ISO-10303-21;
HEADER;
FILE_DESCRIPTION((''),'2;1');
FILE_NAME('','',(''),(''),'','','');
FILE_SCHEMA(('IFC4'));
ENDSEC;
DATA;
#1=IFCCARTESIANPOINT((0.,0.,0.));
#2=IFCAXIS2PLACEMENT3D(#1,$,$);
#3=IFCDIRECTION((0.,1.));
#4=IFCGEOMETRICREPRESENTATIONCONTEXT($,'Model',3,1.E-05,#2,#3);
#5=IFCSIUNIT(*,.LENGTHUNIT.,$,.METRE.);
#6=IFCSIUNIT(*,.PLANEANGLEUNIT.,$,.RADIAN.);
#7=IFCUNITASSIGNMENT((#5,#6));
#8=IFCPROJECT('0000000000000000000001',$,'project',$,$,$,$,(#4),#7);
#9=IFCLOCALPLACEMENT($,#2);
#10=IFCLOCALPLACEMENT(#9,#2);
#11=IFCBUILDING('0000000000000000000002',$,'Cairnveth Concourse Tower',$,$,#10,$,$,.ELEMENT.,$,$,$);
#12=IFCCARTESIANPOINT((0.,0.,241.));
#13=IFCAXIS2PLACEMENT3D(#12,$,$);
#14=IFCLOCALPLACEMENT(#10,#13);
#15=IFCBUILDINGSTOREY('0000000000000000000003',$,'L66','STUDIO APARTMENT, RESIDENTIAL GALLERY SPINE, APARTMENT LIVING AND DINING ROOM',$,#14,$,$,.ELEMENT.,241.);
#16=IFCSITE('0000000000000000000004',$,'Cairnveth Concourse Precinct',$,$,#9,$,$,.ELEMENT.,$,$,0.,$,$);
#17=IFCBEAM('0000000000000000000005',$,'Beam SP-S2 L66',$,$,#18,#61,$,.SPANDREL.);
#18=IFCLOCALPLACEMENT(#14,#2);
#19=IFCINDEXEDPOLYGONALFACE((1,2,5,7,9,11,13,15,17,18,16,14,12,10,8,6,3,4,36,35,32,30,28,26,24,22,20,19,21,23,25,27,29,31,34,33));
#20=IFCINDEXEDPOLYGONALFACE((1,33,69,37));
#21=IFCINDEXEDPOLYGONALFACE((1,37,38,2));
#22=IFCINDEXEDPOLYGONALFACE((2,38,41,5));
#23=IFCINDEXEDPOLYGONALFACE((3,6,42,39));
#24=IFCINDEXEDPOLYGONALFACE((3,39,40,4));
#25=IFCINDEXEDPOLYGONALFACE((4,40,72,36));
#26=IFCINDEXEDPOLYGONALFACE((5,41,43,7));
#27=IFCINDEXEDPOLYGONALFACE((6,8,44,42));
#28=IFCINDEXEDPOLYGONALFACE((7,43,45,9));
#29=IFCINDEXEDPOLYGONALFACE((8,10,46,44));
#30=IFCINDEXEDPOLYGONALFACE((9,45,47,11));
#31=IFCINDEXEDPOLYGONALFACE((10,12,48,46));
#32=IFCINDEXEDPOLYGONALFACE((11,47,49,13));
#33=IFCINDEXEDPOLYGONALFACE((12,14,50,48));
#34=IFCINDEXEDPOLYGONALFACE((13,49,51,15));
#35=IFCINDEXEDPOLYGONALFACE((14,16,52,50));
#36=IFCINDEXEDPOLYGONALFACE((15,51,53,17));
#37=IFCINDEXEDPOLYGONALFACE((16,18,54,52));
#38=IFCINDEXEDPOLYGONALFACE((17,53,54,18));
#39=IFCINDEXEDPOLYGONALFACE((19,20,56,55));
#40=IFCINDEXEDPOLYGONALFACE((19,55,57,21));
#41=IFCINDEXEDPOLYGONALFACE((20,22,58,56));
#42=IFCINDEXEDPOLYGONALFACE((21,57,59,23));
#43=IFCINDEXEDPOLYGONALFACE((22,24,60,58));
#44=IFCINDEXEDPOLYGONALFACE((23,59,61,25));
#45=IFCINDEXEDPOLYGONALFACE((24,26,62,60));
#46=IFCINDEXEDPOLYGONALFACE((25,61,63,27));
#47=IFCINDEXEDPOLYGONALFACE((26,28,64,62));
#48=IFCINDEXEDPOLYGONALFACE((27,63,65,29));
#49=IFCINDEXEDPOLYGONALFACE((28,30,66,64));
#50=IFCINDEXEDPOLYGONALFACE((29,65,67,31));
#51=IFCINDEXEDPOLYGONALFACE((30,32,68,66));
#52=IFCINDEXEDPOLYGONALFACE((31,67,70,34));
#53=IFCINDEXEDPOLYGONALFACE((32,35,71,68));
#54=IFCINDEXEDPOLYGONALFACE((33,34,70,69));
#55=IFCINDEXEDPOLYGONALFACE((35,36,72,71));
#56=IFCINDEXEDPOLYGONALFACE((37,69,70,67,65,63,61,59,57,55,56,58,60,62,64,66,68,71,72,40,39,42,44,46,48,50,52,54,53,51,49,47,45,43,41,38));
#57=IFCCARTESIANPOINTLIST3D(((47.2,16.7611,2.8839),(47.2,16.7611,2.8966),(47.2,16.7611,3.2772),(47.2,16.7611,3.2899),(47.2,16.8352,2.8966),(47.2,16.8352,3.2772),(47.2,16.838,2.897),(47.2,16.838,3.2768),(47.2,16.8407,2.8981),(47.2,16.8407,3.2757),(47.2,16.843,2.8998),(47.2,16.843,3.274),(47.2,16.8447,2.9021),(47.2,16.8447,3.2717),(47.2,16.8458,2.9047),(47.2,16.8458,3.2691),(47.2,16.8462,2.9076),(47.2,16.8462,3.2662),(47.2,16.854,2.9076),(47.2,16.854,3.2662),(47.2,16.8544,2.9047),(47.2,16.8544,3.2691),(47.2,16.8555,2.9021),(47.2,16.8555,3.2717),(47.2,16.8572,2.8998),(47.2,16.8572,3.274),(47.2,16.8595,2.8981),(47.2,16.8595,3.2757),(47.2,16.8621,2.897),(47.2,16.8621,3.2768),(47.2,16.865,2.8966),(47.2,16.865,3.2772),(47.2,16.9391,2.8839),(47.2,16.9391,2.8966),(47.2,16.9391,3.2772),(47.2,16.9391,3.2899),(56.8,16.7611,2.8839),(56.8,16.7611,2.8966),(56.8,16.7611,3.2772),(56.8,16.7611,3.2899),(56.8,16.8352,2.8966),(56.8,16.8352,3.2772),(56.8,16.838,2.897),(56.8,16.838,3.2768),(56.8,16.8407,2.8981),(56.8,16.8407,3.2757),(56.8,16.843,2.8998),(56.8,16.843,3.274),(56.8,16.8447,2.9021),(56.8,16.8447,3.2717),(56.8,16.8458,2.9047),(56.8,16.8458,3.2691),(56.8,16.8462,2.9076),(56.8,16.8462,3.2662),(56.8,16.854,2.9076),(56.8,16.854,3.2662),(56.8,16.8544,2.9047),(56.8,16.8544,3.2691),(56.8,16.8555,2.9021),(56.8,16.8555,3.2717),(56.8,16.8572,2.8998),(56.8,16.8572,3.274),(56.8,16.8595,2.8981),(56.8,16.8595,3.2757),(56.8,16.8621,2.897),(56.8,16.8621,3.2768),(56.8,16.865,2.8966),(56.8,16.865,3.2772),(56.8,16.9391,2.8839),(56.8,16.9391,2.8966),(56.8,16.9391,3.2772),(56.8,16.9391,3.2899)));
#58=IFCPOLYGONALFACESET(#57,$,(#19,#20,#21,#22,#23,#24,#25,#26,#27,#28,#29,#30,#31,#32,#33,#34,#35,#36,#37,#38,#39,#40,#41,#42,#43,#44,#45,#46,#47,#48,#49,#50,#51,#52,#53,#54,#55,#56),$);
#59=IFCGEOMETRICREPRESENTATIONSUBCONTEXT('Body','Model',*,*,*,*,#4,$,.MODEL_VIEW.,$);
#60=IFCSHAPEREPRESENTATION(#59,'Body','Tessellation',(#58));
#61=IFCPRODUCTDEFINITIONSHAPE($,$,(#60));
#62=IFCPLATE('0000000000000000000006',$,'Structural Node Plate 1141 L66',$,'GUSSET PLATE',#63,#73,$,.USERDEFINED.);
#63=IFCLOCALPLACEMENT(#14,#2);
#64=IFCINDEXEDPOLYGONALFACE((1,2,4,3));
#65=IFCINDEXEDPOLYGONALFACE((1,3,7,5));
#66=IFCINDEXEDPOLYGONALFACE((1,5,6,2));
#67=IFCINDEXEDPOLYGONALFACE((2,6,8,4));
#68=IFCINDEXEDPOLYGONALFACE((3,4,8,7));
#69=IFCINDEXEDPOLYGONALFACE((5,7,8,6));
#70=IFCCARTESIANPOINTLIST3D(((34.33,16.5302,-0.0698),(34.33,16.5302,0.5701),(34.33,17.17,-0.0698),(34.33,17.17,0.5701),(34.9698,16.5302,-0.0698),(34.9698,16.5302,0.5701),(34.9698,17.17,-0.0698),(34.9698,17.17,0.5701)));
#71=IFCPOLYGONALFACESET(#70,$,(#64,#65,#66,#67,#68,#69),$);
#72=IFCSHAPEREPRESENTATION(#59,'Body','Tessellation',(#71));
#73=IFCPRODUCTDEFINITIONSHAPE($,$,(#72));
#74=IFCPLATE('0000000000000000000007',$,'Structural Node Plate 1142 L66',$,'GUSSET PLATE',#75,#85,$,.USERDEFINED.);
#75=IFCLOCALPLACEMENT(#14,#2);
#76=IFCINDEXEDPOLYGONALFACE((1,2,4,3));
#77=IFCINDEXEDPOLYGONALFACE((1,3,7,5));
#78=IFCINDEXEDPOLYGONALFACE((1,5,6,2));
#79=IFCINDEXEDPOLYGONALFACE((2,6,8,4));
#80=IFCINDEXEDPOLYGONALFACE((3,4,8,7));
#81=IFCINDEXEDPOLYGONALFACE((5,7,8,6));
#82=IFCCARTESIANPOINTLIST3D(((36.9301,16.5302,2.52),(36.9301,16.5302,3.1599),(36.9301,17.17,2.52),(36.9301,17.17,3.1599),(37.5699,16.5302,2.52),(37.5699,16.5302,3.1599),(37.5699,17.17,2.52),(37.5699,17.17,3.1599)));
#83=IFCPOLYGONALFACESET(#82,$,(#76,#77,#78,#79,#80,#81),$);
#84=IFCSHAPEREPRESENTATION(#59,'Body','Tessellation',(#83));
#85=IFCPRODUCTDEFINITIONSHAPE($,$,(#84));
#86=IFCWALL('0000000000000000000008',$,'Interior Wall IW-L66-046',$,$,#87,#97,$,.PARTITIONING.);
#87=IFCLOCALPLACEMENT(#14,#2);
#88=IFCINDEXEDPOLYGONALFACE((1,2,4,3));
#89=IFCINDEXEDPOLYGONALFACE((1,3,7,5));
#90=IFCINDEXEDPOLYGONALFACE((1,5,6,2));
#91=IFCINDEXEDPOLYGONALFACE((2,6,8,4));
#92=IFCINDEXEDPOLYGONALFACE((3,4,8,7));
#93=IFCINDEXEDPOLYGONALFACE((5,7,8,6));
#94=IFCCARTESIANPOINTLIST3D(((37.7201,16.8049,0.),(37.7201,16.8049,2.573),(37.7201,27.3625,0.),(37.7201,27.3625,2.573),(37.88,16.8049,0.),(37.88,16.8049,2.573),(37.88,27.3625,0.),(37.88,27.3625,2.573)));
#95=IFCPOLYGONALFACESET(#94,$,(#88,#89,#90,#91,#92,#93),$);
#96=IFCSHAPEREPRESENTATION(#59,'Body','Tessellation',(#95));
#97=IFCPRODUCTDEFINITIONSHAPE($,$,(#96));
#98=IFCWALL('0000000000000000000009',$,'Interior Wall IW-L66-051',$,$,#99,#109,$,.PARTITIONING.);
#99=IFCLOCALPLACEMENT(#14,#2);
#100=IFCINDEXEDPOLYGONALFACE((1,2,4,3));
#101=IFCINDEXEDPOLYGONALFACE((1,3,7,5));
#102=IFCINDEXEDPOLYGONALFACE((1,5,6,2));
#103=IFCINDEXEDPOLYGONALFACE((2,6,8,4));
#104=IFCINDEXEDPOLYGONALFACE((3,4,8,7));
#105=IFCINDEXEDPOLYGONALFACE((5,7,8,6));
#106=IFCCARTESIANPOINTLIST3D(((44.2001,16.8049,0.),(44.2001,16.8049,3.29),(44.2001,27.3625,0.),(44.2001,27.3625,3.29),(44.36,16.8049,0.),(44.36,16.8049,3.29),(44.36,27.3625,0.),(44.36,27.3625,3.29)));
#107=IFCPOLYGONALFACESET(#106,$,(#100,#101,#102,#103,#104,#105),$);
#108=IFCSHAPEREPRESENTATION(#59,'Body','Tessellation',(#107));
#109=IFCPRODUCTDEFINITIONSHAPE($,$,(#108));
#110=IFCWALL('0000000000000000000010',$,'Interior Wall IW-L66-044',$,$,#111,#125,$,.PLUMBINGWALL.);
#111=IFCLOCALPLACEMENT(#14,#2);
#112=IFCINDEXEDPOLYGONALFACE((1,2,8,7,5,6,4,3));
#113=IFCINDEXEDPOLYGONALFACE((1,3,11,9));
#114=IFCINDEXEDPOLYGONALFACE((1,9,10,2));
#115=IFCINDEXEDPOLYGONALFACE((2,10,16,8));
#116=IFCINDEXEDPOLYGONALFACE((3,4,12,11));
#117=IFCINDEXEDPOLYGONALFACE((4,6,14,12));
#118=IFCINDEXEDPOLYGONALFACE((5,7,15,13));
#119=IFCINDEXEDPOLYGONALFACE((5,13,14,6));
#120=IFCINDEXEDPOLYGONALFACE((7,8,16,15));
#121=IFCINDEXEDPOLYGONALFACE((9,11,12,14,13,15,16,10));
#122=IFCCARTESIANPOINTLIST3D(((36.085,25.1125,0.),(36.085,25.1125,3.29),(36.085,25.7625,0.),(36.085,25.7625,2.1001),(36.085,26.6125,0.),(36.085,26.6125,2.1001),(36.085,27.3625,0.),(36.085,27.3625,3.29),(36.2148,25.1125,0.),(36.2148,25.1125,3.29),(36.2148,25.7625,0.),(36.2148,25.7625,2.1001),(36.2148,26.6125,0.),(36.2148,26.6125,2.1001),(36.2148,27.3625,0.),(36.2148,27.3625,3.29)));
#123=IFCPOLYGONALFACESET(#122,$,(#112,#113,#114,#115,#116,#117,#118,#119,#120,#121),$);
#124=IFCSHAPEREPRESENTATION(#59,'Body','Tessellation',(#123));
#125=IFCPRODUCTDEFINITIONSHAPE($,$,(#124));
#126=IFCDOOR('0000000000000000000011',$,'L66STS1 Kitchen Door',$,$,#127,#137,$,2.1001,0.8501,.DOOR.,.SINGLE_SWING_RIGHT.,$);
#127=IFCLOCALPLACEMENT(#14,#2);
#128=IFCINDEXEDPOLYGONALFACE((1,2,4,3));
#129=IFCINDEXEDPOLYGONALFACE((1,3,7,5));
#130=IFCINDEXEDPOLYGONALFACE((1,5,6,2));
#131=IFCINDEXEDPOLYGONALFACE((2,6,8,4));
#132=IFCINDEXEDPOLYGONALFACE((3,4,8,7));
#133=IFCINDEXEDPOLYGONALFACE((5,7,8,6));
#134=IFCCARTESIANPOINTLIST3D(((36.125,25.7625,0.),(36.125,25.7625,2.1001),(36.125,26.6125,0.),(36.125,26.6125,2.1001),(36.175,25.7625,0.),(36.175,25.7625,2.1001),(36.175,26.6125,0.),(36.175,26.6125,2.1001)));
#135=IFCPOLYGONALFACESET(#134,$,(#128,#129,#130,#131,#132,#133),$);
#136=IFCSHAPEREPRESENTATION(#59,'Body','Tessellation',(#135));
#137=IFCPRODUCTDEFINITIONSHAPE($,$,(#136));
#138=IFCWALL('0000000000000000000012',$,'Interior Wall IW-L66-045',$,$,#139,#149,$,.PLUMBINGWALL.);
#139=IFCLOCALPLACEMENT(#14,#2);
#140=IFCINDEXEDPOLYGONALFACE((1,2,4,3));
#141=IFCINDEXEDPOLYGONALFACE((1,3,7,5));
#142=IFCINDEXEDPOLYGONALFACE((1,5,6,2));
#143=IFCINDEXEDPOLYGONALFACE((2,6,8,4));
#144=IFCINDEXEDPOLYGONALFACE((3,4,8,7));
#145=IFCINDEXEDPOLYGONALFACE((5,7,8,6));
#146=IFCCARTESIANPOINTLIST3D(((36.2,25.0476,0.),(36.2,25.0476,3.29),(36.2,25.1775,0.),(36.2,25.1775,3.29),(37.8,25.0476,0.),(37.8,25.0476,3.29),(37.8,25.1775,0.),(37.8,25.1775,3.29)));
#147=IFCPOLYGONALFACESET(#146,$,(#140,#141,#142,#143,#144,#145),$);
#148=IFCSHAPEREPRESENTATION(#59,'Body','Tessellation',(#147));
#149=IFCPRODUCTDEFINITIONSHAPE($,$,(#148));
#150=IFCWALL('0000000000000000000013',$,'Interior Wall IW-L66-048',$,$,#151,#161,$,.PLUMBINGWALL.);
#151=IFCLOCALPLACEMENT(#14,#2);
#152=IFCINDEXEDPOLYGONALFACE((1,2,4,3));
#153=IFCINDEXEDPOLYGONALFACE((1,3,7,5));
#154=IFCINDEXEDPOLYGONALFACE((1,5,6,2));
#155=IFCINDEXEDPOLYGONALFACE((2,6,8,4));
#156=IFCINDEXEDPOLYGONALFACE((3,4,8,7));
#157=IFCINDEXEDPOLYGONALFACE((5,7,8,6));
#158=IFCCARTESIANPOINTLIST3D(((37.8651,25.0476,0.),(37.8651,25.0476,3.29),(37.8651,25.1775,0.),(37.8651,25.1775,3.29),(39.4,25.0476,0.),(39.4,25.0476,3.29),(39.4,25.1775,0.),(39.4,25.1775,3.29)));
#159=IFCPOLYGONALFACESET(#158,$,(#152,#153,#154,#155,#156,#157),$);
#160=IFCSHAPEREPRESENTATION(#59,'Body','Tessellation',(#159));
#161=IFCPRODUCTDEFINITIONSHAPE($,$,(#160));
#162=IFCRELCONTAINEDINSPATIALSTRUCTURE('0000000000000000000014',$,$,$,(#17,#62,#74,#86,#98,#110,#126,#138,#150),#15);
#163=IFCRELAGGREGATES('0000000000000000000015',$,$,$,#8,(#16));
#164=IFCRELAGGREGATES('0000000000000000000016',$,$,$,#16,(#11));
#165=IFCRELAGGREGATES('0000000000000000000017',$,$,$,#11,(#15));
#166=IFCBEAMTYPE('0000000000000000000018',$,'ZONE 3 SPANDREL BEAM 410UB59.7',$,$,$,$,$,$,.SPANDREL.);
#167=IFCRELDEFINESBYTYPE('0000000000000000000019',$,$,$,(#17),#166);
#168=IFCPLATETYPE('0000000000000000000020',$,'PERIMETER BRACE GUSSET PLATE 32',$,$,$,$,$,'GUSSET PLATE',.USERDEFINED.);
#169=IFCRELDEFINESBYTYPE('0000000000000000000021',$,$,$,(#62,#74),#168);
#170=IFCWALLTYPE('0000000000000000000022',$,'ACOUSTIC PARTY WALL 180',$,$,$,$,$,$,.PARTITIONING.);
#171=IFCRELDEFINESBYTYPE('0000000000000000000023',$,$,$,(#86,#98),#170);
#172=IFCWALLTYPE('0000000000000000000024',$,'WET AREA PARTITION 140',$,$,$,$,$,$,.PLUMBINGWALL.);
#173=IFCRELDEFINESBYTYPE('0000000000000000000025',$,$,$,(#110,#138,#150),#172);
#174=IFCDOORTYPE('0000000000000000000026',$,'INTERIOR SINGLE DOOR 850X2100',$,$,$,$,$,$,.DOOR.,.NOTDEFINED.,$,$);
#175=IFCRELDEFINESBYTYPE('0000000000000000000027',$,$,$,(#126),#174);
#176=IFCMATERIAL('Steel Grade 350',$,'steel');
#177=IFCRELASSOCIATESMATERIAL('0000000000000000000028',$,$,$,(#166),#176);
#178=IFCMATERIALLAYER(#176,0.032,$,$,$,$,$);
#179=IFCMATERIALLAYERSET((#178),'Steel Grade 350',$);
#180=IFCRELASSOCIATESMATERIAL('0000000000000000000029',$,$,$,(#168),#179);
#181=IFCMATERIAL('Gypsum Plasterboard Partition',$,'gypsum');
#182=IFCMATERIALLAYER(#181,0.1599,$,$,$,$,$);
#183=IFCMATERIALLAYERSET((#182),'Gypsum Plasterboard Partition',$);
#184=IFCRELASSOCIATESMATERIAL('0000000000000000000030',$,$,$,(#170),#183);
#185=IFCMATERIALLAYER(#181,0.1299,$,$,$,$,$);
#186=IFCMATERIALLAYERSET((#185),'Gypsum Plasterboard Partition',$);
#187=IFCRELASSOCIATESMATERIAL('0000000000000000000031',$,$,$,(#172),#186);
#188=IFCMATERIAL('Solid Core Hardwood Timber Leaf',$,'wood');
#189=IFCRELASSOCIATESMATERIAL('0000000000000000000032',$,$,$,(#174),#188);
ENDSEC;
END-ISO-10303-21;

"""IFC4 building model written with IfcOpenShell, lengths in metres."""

from ifc_helpers import new_model, si_unit, direction, frame, frame_2d, origin, origin_2d, place, context, subcontext, project, spatial, rectangle, i_section, extrude, material, layer, layer_set, material_profile, profile_set, type_object, element, fill, save


model = new_model("IFC4")

# Units and contexts
model_context = context("Model", 3, precision=1e-05, world=origin(), true_north=direction((0.0, 1.0)))
body_context = subcontext(model_context, "Body", "Model", "MODEL_VIEW")
ifc_project = project(units=[si_unit("LENGTHUNIT", "METRE"), si_unit("PLANEANGLEUNIT", "RADIAN")], contexts=[model_context])

# Site, building, storey
site_placement = place(None, origin())
site = spatial("IfcSite", under=ifc_project, at=site_placement, Name="Cairnveth Concourse Precinct", CompositionType="ELEMENT", RefElevation=0.0)
building_placement = place(site_placement, origin())
building = spatial("IfcBuilding", under=site, at=building_placement, Name="Cairnveth Concourse Tower", CompositionType="ELEMENT")
storey_placement = place(building_placement, frame((0.0, 0.0, 241.0)))
storey = spatial("IfcBuildingStorey", under=building, at=storey_placement, Name="L66", Description="STUDIO APARTMENT, RESIDENTIAL GALLERY SPINE, APARTMENT LIVING AND DINING ROOM", CompositionType="ELEMENT", Elevation=241.0)

# Shared definitions
ifc_material_1 = material(Name="Steel Grade 350", Category="steel")

# Beam
ifc_material_profile_1 = material_profile(ifc_material_1, i_section(OverallWidth=0.178, OverallDepth=0.406, WebThickness=0.0078, FlangeThickness=0.0127, FilletRadius=0.011, at=origin_2d()), Name="410UB59.7")
ifc_profile_set_1 = profile_set([ifc_material_profile_1], Name="Steel Grade 350")
beam_type_1 = type_object("IfcBeamType", Name="ZONE 3 SPANDREL BEAM 410UB59.7", PredefinedType="SPANDREL", material=ifc_profile_set_1)
beam_1_placement = place(storey_placement, frame((47.2, 16.8501, 3.0869), z_axis=(1.0, 0.0, 0.0), x_axis=(0.0, 1.0, 0.0)))
element("IfcBeam", 1, at=beam_1_placement, inside=storey, type_object=beam_type_1, Name="Beam SP-S2 L66", PredefinedType="SPANDREL", context=body_context, shape_type="SweptSolid", body=[
    extrude(i_section(OverallWidth=0.178, OverallDepth=0.406, WebThickness=0.0078, FlangeThickness=0.0127, FilletRadius=0.011, at=origin_2d()), origin(), (0.0, 0.0, 1.0), 9.6001),
])

# Plates
ifc_layer_1 = layer(ifc_material_1, 0.032)
ifc_layer_set_1 = layer_set([ifc_layer_1], Name="Steel Grade 350")
plate_type = type_object("IfcPlateType", Name="PERIMETER BRACE GUSSET PLATE 32", ElementType="GUSSET PLATE", PredefinedType="USERDEFINED", material=ifc_layer_set_1)
for number, where, z_axis, x_axis, name in (
    (2, (34.6499, 16.8501, -0.0698), (0.0, 0.0, 1.0), (1.0, 0.0, 0.0), "Structural Node Plate 1141 L66"),
    (3, (37.25, 16.8501, 2.52), (0.0, 0.0, 1.0), (1.0, 0.0, 0.0), "Structural Node Plate 1142 L66"),
):
    element("IfcPlate", number, at=place(storey_placement, frame(where, z_axis=z_axis, x_axis=x_axis)), inside=storey, type_object=plate_type, Name=name, ObjectType="GUSSET PLATE", PredefinedType="USERDEFINED", context=body_context, shape_type="SweptSolid", body=[
        extrude(rectangle(XDim=0.6399, YDim=0.6399, at=origin_2d()), origin(), (0.0, 0.0, 1.0), 0.6399),
    ])

# Walls
ifc_material_2 = material(Name="Gypsum Plasterboard Partition", Category="gypsum")
ifc_layer_2 = layer(ifc_material_2, 0.1599)
ifc_layer_set_2 = layer_set([ifc_layer_2], Name="Gypsum Plasterboard Partition")
wall_type_1 = type_object("IfcWallType", Name="ACOUSTIC PARTY WALL 180", PredefinedType="PARTITIONING", material=ifc_layer_set_2)
wall_1_placement = place(storey_placement, frame((37.8, 16.8049, 0.0), z_axis=(0.0, 0.0, 1.0), x_axis=(0.0, 1.0, 0.0)))
element("IfcWall", 4, at=wall_1_placement, inside=storey, type_object=wall_type_1, Name="Interior Wall IW-L66-046", PredefinedType="PARTITIONING", context=body_context, shape_type="SweptSolid", body=[
    extrude(rectangle(XDim=10.5576, YDim=0.1599, at=frame_2d((5.2788, 0.0))), origin(), (0.0, 0.0, 1.0), 2.573),
])
wall_2_placement = place(storey_placement, frame((44.28, 16.8049, 0.0), z_axis=(0.0, 0.0, 1.0), x_axis=(0.0, 1.0, 0.0)))
element("IfcWall", 5, at=wall_2_placement, inside=storey, type_object=wall_type_1, Name="Interior Wall IW-L66-051", PredefinedType="PARTITIONING", context=body_context, shape_type="SweptSolid", body=[
    extrude(rectangle(XDim=10.5576, YDim=0.1599, at=frame_2d((5.2788, 0.0))), origin(), (0.0, 0.0, 1.0), 3.29),
])

# Wall, opening, door
ifc_layer_3 = layer(ifc_material_2, 0.1299)
ifc_layer_set_3 = layer_set([ifc_layer_3], Name="Gypsum Plasterboard Partition")
wall_type_2 = type_object("IfcWallType", Name="WET AREA PARTITION 140", PredefinedType="PLUMBINGWALL", material=ifc_layer_set_3)
wall_3_placement = place(storey_placement, frame((36.1499, 25.1125, 0.0), z_axis=(0.0, 0.0, 1.0), x_axis=(0.0, 1.0, 0.0)))
wall_3 = element("IfcWall", 6, at=wall_3_placement, inside=storey, type_object=wall_type_2, Name="Interior Wall IW-L66-044", PredefinedType="PLUMBINGWALL", context=body_context, shape_type="SweptSolid", body=[
    extrude(rectangle(XDim=2.25, YDim=0.1299, at=frame_2d((1.125, 0.0))), origin(), (0.0, 0.0, 1.0), 3.29),
])
opening_1_placement = place(wall_3_placement, frame((0.6499, 0.0, 0.0)))
opening_1 = element("IfcOpeningElement", 7, at=opening_1_placement, cuts=wall_3, PredefinedType="OPENING", context=body_context, shape_type="SweptSolid", body=[
    extrude(rectangle(XDim=0.8501, YDim=2.1001, at=frame_2d((0.425, 1.05))), frame((0.0, 0.075, 0.0), z_axis=(0.0, -1.0, 0.0), x_axis=(1.0, 0.0, 0.0)), (0.0, 0.0, 1.0), 0.1499),
])
ifc_material_3 = material(Name="Solid Core Hardwood Timber Leaf", Category="wood")
door_type = type_object("IfcDoorType", Name="INTERIOR SINGLE DOOR 850X2100", OperationType="NOTDEFINED", PredefinedType="DOOR", material=ifc_material_3)
door_placement = place(opening_1_placement, origin())
door = element("IfcDoor", 8, at=door_placement, inside=storey, type_object=door_type, Name="L66STS1 Kitchen Door", OperationType="SINGLE_SWING_RIGHT", OverallHeight=2.1001, OverallWidth=0.8501, PredefinedType="DOOR", context=body_context, shape_type="SweptSolid", body=[
    extrude(rectangle(XDim=0.8501, YDim=2.1001, at=frame_2d((0.425, 1.05))), frame((0.0, 0.0249, 0.0), z_axis=(0.0, -1.0, 0.0), x_axis=(1.0, 0.0, 0.0)), (0.0, 0.0, 1.0), 0.05),
])
fill(opening_1, door)

# Walls
wall_4_placement = place(storey_placement, frame((36.2, 25.1125, 0.0), z_axis=(0.0, 0.0, 1.0), x_axis=(1.0, 0.0, 0.0)))
element("IfcWall", 9, at=wall_4_placement, inside=storey, type_object=wall_type_2, Name="Interior Wall IW-L66-045", PredefinedType="PLUMBINGWALL", context=body_context, shape_type="SweptSolid", body=[
    extrude(rectangle(XDim=1.6001, YDim=0.1299, at=frame_2d((0.8, 0.0))), origin(), (0.0, 0.0, 1.0), 3.29),
])
wall_5_placement = place(storey_placement, frame((37.865, 25.1125, 0.0), z_axis=(0.0, 0.0, 1.0), x_axis=(1.0, 0.0, 0.0)))
element("IfcWall", 10, at=wall_5_placement, inside=storey, type_object=wall_type_2, Name="Interior Wall IW-L66-048", PredefinedType="PLUMBINGWALL", context=body_context, shape_type="SweptSolid", body=[
    extrude(rectangle(XDim=1.5349, YDim=0.1299, at=frame_2d((0.7676, 0.0))), origin(), (0.0, 0.0, 1.0), 3.29),
])

save(model, "model.ifc")
